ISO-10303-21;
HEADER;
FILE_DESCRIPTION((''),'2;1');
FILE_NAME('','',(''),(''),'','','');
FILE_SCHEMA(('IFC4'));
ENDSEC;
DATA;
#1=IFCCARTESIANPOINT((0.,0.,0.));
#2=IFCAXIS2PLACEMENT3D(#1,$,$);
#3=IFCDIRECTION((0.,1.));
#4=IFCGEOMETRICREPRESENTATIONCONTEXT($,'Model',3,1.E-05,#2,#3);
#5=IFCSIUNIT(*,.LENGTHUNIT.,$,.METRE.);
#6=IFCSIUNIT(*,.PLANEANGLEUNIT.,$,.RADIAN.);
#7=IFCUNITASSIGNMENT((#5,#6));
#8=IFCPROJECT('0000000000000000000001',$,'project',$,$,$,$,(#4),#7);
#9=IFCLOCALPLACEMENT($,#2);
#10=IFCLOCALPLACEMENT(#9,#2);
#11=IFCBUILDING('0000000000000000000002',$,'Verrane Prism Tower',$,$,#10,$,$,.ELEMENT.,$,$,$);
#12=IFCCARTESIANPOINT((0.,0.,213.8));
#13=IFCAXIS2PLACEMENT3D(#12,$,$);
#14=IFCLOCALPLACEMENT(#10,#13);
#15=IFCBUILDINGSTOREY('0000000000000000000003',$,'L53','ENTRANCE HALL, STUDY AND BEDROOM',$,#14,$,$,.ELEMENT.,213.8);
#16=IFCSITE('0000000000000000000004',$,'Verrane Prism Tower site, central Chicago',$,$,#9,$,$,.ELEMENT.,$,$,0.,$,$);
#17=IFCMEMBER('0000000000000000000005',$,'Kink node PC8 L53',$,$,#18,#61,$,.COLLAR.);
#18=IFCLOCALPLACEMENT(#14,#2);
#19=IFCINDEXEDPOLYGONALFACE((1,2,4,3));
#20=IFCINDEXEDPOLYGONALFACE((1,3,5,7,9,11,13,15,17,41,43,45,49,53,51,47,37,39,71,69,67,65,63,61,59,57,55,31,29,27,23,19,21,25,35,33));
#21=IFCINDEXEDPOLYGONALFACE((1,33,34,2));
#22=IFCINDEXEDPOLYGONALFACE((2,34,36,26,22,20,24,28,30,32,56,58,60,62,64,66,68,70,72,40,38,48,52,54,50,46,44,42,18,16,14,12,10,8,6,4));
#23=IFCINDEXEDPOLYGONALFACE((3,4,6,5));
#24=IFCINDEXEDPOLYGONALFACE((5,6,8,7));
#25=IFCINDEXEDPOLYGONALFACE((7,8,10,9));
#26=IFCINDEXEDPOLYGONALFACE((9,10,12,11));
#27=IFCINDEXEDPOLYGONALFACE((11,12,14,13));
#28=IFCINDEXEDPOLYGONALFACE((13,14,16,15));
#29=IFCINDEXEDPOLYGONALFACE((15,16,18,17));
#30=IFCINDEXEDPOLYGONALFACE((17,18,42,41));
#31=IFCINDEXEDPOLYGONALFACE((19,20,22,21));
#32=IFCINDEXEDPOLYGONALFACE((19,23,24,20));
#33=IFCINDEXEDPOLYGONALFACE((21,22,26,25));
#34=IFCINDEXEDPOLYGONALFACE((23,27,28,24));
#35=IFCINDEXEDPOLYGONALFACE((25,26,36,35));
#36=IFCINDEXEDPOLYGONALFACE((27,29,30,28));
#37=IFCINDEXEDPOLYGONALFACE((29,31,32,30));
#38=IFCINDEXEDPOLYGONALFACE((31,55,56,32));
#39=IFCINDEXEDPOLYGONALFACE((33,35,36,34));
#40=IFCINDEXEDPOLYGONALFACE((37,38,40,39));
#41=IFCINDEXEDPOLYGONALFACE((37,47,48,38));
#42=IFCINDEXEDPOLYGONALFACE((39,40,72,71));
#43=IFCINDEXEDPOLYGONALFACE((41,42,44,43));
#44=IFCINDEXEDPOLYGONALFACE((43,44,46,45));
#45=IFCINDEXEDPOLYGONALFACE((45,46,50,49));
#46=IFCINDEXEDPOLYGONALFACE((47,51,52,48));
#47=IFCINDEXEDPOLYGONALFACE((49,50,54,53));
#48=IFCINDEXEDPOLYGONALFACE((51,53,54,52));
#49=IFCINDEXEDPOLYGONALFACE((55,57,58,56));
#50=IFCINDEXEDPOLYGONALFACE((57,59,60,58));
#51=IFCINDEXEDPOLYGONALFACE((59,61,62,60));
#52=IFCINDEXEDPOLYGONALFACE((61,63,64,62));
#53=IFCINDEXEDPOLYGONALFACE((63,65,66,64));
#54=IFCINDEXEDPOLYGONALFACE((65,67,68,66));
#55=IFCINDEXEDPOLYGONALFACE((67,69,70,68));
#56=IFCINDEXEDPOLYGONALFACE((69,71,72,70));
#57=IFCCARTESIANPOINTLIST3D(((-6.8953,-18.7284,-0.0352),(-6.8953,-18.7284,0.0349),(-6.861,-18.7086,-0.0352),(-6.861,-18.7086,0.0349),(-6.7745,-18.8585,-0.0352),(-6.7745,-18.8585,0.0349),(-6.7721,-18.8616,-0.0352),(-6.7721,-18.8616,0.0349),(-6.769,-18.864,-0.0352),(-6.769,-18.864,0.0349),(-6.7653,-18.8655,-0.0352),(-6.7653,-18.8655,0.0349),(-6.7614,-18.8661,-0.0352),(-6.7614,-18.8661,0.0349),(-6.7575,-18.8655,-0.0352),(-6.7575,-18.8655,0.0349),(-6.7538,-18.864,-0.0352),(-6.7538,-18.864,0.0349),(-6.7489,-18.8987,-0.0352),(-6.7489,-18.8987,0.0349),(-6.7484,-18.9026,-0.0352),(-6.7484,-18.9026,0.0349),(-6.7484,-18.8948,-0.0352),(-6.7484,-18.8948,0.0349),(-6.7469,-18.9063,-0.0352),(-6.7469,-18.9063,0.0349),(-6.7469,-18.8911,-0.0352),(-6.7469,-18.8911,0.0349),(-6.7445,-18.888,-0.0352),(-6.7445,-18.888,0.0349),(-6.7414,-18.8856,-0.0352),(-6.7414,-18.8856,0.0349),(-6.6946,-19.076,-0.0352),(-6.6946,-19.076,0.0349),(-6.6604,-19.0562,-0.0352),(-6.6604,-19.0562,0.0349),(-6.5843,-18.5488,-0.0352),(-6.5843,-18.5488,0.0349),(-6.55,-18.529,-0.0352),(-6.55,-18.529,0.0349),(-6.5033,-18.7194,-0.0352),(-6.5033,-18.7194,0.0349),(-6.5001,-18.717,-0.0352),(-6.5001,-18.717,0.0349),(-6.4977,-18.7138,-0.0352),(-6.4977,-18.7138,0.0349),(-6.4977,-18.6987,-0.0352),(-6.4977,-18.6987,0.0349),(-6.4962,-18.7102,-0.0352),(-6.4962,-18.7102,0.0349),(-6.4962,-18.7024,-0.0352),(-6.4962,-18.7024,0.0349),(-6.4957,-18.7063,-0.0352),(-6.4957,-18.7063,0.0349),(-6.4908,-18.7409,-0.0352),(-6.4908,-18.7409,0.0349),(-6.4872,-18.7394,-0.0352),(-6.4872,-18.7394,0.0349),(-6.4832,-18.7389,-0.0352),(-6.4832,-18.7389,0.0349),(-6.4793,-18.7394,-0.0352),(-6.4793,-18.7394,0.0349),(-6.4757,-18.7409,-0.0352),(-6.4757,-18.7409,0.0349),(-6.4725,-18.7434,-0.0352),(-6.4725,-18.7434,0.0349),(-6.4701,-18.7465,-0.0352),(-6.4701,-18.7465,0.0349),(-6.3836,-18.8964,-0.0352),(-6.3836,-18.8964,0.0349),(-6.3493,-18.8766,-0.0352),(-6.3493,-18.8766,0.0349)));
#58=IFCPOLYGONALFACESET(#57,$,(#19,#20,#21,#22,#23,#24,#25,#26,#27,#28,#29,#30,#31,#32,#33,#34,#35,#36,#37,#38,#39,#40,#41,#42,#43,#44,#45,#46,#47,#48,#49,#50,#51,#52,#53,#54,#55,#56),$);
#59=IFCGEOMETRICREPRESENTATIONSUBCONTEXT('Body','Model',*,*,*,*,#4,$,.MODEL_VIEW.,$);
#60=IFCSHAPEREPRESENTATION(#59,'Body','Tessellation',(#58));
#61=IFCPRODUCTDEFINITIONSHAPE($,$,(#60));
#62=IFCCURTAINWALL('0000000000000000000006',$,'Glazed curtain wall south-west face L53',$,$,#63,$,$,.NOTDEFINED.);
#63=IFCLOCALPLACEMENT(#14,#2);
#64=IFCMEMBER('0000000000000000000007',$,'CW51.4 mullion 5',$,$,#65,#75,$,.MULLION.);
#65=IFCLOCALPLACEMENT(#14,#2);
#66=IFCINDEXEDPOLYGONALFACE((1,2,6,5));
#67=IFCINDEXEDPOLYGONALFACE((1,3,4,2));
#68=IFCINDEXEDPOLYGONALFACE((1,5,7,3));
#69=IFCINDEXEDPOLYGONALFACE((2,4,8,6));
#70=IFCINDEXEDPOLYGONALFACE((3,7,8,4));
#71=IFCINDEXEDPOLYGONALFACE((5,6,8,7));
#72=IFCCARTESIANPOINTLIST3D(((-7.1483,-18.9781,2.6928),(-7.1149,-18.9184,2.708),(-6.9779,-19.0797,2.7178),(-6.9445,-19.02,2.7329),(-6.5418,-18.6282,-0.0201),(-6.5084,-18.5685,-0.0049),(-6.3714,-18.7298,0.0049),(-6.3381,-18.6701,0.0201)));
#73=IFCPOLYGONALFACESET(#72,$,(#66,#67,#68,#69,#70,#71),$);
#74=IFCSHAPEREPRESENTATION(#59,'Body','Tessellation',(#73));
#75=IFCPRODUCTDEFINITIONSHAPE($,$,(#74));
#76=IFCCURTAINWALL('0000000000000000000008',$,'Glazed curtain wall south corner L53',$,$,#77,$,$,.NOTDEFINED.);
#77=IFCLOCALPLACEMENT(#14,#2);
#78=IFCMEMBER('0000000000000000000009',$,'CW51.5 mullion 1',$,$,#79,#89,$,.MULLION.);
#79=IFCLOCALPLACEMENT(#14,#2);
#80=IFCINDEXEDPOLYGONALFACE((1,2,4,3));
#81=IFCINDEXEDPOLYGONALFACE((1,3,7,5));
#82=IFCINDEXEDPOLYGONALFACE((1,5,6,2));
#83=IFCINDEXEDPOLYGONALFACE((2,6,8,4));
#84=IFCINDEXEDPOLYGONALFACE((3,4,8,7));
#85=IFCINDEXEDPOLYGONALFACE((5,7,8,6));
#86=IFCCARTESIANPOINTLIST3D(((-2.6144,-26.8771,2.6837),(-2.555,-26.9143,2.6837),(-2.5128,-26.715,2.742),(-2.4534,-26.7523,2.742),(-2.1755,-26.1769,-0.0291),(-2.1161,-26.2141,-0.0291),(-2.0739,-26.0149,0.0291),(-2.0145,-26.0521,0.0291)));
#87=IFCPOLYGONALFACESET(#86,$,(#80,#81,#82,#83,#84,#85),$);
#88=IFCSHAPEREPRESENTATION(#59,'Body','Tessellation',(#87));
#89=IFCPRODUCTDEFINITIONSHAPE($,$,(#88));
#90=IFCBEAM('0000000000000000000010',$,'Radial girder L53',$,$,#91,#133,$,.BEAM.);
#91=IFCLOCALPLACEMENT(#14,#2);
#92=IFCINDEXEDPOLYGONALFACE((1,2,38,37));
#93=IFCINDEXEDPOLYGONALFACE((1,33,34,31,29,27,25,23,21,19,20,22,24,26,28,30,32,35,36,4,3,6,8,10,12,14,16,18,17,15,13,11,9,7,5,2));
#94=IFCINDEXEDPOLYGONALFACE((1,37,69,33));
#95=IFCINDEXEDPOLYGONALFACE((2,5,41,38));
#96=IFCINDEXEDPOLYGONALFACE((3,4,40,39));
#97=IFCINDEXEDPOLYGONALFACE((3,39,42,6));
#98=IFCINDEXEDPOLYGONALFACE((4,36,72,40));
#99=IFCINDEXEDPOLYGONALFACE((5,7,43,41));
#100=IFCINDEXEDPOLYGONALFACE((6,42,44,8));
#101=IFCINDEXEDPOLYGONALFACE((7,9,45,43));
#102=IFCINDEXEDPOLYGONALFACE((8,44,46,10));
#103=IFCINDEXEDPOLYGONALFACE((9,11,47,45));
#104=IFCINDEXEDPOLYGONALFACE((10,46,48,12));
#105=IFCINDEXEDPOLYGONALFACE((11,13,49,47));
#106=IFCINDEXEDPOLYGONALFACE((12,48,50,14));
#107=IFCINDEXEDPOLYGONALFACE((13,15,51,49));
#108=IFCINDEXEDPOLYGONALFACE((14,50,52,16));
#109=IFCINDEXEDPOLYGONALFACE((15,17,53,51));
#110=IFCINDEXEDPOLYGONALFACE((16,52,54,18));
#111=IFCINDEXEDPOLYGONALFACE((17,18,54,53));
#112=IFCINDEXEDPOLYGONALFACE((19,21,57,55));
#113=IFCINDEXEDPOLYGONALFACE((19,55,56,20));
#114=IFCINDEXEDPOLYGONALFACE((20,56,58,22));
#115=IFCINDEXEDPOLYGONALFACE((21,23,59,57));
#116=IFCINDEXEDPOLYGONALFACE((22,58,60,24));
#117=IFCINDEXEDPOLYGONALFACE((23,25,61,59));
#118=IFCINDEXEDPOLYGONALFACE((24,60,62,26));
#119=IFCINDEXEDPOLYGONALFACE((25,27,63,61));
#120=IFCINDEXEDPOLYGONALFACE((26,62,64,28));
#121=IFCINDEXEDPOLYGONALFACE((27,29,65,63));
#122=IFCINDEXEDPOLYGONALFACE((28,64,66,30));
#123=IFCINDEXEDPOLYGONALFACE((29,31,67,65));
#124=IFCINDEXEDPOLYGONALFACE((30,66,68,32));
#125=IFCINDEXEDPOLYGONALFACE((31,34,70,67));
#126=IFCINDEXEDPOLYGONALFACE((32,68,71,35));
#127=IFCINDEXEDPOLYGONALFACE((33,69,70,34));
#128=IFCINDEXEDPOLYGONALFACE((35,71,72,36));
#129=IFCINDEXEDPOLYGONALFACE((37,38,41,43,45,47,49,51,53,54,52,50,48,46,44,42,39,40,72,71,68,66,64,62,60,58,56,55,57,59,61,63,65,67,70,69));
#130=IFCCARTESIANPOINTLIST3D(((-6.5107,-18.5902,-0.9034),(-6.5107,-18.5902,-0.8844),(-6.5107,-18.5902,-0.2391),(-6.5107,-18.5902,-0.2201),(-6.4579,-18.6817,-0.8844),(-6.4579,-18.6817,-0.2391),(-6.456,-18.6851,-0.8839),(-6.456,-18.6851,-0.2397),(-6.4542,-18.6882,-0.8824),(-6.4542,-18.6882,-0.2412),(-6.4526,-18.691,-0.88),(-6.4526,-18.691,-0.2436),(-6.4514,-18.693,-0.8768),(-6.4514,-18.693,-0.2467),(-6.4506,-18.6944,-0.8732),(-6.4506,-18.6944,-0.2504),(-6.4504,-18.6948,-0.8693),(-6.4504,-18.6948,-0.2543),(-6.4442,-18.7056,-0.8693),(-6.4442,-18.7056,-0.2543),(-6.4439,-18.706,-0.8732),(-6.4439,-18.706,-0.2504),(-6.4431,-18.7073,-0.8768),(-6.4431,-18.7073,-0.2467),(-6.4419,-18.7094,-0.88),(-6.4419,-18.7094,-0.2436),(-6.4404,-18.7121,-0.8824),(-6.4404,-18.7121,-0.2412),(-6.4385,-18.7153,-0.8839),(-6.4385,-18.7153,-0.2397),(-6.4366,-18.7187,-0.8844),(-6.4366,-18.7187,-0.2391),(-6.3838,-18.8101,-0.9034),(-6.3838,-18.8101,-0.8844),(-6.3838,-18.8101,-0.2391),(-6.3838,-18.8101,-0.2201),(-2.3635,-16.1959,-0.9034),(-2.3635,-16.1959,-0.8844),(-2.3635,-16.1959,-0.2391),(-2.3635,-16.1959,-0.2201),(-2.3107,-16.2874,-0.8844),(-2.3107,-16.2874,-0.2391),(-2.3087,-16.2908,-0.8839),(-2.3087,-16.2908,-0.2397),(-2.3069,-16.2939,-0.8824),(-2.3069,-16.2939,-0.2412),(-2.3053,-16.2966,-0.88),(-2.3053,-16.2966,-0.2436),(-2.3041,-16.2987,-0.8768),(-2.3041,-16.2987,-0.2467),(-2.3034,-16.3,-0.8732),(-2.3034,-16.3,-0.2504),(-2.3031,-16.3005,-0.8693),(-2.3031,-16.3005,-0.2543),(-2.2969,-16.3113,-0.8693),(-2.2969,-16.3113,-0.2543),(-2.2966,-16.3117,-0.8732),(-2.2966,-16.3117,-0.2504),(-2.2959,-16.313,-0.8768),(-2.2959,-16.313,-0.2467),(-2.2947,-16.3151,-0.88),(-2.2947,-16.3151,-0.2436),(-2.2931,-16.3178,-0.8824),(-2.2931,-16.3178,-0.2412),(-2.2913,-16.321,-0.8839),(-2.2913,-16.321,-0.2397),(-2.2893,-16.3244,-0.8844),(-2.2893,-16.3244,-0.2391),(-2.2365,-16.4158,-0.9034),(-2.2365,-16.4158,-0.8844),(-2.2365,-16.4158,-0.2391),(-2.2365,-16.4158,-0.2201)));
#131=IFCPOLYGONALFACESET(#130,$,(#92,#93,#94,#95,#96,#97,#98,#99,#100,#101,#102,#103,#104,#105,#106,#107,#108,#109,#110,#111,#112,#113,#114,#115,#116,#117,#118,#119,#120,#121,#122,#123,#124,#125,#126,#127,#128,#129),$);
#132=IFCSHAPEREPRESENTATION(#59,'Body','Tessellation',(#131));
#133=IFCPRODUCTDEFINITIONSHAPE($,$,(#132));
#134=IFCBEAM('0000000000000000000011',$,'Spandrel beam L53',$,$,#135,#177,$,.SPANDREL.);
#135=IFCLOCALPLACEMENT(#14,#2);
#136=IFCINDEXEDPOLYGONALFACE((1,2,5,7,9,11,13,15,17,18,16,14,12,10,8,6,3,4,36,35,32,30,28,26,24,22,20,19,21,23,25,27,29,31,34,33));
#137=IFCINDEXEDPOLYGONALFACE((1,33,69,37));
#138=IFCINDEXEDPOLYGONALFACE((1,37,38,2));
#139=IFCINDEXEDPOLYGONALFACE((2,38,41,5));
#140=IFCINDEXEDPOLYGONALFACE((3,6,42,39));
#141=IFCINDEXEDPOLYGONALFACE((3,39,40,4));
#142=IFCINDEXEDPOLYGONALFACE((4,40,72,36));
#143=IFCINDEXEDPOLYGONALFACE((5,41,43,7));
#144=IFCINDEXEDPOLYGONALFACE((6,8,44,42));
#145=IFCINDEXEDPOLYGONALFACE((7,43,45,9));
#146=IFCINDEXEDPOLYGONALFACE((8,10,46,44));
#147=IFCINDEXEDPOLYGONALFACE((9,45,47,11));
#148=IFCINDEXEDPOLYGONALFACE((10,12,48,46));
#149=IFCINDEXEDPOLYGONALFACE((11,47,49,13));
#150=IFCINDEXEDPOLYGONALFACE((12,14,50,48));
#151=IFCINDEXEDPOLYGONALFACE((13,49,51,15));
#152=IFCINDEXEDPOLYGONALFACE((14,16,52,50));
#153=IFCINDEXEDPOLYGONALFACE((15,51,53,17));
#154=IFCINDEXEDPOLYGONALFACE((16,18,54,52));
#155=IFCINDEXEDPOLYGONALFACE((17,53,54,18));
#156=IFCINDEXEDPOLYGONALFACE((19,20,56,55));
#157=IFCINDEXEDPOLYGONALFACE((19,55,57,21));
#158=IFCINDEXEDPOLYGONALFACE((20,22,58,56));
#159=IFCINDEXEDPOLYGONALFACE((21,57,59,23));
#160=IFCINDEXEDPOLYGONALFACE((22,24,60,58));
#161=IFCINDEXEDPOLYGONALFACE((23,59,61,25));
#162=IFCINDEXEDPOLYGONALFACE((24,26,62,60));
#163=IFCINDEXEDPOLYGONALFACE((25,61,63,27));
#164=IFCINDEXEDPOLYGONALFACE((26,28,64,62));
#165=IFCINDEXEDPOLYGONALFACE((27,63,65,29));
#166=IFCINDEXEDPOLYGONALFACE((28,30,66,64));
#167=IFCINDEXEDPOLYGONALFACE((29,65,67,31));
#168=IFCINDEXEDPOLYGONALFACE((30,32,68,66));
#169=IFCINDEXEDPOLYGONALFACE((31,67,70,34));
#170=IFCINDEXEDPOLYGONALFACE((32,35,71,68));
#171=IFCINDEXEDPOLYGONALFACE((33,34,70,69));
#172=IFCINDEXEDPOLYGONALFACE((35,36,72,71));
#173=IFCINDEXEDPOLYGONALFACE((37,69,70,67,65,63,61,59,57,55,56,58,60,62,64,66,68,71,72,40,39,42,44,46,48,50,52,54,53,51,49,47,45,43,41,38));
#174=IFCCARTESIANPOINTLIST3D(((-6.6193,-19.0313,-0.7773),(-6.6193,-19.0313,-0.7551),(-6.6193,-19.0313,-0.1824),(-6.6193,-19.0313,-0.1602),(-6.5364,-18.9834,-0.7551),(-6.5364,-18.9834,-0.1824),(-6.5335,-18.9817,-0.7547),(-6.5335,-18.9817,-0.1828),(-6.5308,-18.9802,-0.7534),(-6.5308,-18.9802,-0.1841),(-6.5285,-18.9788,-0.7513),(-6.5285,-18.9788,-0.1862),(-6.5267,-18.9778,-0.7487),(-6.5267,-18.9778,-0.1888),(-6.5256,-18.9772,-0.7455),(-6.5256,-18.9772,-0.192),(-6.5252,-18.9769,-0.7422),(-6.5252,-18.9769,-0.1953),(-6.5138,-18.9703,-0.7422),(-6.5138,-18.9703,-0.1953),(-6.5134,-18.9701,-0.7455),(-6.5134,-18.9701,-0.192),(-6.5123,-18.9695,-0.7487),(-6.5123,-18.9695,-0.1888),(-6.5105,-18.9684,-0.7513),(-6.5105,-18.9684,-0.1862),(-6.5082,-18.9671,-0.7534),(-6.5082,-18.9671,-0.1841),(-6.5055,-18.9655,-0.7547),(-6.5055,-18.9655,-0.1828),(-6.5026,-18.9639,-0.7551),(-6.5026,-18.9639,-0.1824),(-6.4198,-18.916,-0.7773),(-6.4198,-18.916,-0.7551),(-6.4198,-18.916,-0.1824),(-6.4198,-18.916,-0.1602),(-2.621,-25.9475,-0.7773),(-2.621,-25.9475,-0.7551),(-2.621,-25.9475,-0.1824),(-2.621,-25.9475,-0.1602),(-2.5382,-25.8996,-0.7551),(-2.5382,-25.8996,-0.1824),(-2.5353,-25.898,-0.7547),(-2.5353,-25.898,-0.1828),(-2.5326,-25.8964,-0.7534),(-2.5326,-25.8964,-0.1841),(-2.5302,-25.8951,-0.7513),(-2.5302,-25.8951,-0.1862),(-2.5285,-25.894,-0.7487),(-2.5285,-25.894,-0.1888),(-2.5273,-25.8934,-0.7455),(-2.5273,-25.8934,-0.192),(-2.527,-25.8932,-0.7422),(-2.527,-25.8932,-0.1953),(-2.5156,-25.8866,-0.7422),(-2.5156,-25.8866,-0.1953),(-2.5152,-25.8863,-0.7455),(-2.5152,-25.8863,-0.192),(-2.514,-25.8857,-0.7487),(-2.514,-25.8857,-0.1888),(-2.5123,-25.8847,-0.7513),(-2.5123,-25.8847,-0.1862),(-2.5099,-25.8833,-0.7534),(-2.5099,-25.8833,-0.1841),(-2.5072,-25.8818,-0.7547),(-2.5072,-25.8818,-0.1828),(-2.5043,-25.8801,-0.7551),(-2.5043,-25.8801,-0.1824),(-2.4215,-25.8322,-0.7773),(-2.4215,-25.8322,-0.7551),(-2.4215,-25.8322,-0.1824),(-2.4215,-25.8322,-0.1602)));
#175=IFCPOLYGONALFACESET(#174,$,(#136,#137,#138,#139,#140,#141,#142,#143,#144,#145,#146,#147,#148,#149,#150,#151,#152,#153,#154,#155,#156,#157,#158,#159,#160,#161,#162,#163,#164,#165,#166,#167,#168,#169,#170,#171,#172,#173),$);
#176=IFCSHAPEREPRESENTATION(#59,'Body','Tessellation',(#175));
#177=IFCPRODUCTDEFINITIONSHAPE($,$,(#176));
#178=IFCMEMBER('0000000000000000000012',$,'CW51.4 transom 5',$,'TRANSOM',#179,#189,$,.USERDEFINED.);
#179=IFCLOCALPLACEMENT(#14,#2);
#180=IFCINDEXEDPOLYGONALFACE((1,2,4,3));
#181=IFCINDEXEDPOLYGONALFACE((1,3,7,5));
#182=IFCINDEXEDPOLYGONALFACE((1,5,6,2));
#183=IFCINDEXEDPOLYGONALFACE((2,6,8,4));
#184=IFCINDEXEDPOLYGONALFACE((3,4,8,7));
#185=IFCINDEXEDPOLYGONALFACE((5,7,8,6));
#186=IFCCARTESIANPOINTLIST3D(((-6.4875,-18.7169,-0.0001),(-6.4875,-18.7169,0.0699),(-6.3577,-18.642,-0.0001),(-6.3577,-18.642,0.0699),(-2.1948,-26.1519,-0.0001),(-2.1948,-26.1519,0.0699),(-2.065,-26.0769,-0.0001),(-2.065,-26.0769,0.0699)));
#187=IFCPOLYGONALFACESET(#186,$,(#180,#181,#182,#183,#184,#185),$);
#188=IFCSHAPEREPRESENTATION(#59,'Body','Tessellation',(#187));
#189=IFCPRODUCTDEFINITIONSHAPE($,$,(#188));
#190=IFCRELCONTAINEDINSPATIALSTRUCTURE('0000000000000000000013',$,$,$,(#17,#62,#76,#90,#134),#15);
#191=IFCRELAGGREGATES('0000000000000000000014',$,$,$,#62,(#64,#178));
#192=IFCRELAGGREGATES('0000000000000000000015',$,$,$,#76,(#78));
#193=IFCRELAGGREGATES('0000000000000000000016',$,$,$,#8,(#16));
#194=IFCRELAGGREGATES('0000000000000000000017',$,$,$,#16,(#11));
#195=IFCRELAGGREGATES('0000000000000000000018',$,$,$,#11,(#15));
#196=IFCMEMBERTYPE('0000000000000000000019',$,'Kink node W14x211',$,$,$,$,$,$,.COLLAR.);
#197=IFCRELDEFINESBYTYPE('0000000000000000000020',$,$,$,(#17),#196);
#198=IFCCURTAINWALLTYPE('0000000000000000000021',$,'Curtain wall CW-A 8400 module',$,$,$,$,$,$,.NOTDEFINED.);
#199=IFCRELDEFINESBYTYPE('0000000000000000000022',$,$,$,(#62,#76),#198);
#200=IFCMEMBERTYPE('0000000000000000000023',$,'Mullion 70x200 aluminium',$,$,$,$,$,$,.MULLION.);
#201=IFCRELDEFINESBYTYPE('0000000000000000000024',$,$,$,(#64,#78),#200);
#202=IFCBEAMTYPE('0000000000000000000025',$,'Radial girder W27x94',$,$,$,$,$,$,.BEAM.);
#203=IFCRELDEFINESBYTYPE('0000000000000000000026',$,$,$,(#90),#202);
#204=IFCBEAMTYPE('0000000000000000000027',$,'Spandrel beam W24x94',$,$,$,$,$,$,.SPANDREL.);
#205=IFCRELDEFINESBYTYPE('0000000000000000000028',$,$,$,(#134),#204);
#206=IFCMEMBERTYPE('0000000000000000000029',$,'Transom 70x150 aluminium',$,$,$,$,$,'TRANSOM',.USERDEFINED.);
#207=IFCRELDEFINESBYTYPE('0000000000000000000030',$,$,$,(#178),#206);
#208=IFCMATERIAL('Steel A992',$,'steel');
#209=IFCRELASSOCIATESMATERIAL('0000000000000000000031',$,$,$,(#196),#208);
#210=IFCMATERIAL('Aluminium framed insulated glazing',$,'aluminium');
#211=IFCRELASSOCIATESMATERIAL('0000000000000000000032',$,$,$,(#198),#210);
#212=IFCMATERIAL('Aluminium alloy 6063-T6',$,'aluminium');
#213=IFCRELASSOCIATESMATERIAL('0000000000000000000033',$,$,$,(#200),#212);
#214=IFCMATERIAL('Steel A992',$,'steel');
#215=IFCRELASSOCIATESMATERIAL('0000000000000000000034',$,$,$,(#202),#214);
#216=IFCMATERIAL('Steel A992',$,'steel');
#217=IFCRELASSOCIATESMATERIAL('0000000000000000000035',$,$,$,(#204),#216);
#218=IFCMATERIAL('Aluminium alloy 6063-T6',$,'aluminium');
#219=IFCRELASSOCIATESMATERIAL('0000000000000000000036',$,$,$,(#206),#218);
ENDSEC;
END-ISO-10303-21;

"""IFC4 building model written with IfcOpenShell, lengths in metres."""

from ifc_helpers import new_model, si_unit, direction, frame, origin, origin_2d, place, context, subcontext, project, spatial, rectangle, i_section, extrude, material, material_profile, profile_set, type_object, element, aggregate, save


model = new_model("IFC4")

# Units and contexts
model_context = context("Model", 3, precision=1e-05, world=origin(), true_north=direction((0.0, 1.0)))
body_context = subcontext(model_context, "Body", "Model", "MODEL_VIEW")
ifc_project = project(units=[si_unit("LENGTHUNIT", "METRE"), si_unit("PLANEANGLEUNIT", "RADIAN")], contexts=[model_context])

# Site, building, storey
site_placement = place(None, origin())
site = spatial("IfcSite", under=ifc_project, at=site_placement, Name="Verrane Prism Tower site, central Chicago", CompositionType="ELEMENT", RefElevation=0.0)
building_placement = place(site_placement, origin())
building = spatial("IfcBuilding", under=site, at=building_placement, Name="Verrane Prism Tower", CompositionType="ELEMENT")
storey_placement = place(building_placement, frame((0.0, 0.0, 213.8)))
storey = spatial("IfcBuildingStorey", under=building, at=storey_placement, Name="L53", Description="ENTRANCE HALL, STUDY AND BEDROOM", CompositionType="ELEMENT", Elevation=213.8)

# Member
ifc_material_1 = material(Name="Steel A992", Category="steel")
ifc_material_profile_1 = material_profile(ifc_material_1, i_section(OverallWidth=0.4014, OverallDepth=0.3987, WebThickness=0.0249, FlangeThickness=0.0396, FilletRadius=0.0151, at=origin_2d()), Name="W14x211")
ifc_profile_set_1 = profile_set([ifc_material_profile_1], Name="Steel A992")
member_type_1 = type_object("IfcMemberType", Name="Kink node W14x211", PredefinedType="COLLAR", material=ifc_profile_set_1)
member_1_placement = place(storey_placement, frame((-6.6223, -18.8025, -0.0352), z_axis=(0.0, 0.0, 1.0), x_axis=(-0.5, 0.866025, 0.0)))
element("IfcMember", 1, at=member_1_placement, inside=storey, type_object=member_type_1, Name="Kink node PC8 L53", PredefinedType="COLLAR", context=body_context, shape_type="SweptSolid", body=[
    extrude(i_section(OverallWidth=0.4014, OverallDepth=0.3987, WebThickness=0.0249, FlangeThickness=0.0396, FilletRadius=0.0151, at=origin_2d()), origin(), (0.0, 0.0, 1.0), 0.0701),
])

# Curtain walls, members
ifc_material_2 = material(Name="Aluminium framed insulated glazing", Category="aluminium")
curtain_wall_type = type_object("IfcCurtainWallType", Name="Curtain wall CW-A 8400 module", PredefinedType="NOTDEFINED", material=ifc_material_2)
curtain_wall_1_placement = place(storey_placement, origin())
curtain_wall_1 = element("IfcCurtainWall", 2, at=curtain_wall_1_placement, inside=storey, type_object=curtain_wall_type, Name="Glazed curtain wall south-west face L53", PredefinedType="NOTDEFINED")
ifc_material_3 = material(Name="Aluminium alloy 6063-T6", Category="aluminium")
ifc_material_profile_2 = material_profile(ifc_material_3, rectangle(XDim=0.2, YDim=0.0701, at=origin_2d()), Name="Mullion 70x200 aluminium")
ifc_profile_set_2 = profile_set([ifc_material_profile_2], Name="Aluminium alloy 6063-T6")
member_type_2 = type_object("IfcMemberType", Name="Mullion 70x200 aluminium", PredefinedType="MULLION", material=ifc_profile_set_2)
member_2_placement = place(storey_placement, frame((-6.4399, -18.6492, 0.0), z_axis=(-0.21645, -0.124868, 0.968275), x_axis=(0.852113, -0.508225, 0.124943)))
member_2 = element("IfcMember", 3, at=member_2_placement, type_object=member_type_2, Name="CW51.4 mullion 5", PredefinedType="MULLION", context=body_context, shape_type="SweptSolid", body=[
    extrude(rectangle(XDim=0.2, YDim=0.0701, at=origin_2d()), origin(), (0.0, 0.0, 1.0), 2.8018),
])
curtain_wall_2_placement = place(storey_placement, origin())
curtain_wall_2 = element("IfcCurtainWall", 4, at=curtain_wall_2_placement, inside=storey, type_object=curtain_wall_type, Name="Glazed curtain wall south corner L53", PredefinedType="NOTDEFINED")
member_3_placement = place(storey_placement, frame((-2.095, -26.1145, 0.0), z_axis=(-0.154785, -0.246898, 0.9566), x_axis=(0.508114, 0.810496, 0.291405)))
member_3 = element("IfcMember", 5, at=member_3_placement, type_object=member_type_2, Name="CW51.5 mullion 1", PredefinedType="MULLION", context=body_context, shape_type="SweptSolid", body=[
    extrude(rectangle(XDim=0.2, YDim=0.0701, at=origin_2d()), origin(), (0.0, 0.0, 1.0), 2.8359),
])

# Beams
ifc_material_4 = material(Name="Steel A992", Category="steel")
ifc_material_profile_3 = material_profile(ifc_material_4, i_section(OverallWidth=0.2539, OverallDepth=0.6833, WebThickness=0.0125, FlangeThickness=0.019, FilletRadius=0.0151, at=origin_2d()), Name="W27x94")
ifc_profile_set_3 = profile_set([ifc_material_profile_3], Name="Steel A992")
beam_type_1 = type_object("IfcBeamType", Name="Radial girder W27x94", PredefinedType="BEAM", material=ifc_profile_set_3)
beam_1_placement = place(storey_placement, frame((-6.4473, -18.7002, -0.5618), z_axis=(0.866035, 0.499983, 0.0), x_axis=(-0.499983, 0.866035, 0.0)))
element("IfcBeam", 6, at=beam_1_placement, inside=storey, type_object=beam_type_1, Name="Radial girder L53", PredefinedType="BEAM", context=body_context, shape_type="SweptSolid", body=[
    extrude(i_section(OverallWidth=0.2539, OverallDepth=0.6833, WebThickness=0.0125, FlangeThickness=0.019, FilletRadius=0.0151, at=origin_2d()), origin(), (0.0, 0.0, 1.0), 4.7888),
])
ifc_material_5 = material(Name="Steel A992", Category="steel")
ifc_material_profile_4 = material_profile(ifc_material_5, i_section(OverallWidth=0.2305, OverallDepth=0.6172, WebThickness=0.0132, FlangeThickness=0.0222, FilletRadius=0.0129, at=origin_2d()), Name="W24x94")
ifc_profile_set_4 = profile_set([ifc_material_profile_4], Name="Steel A992")
beam_type_2 = type_object("IfcBeamType", Name="Spandrel beam W24x94", PredefinedType="SPANDREL", material=ifc_profile_set_4)
beam_2_placement = place(storey_placement, frame((-6.5195, -18.9736, -0.4688), z_axis=(0.500487, -0.865744, 0.0), x_axis=(0.865744, 0.500487, 0.0)))
element("IfcBeam", 7, at=beam_2_placement, inside=storey, type_object=beam_type_2, Name="Spandrel beam L53", PredefinedType="SPANDREL", context=body_context, shape_type="SweptSolid", body=[
    extrude(i_section(OverallWidth=0.2305, OverallDepth=0.6172, WebThickness=0.0132, FlangeThickness=0.0222, FilletRadius=0.0129, at=origin_2d()), origin(), (0.0, 0.0, 1.0), 7.9888),
])

# Member
ifc_material_6 = material(Name="Aluminium alloy 6063-T6", Category="aluminium")
ifc_material_profile_5 = material_profile(ifc_material_6, rectangle(XDim=0.1499, YDim=0.0701, at=origin_2d()), Name="Transom 70x150 aluminium")
ifc_profile_set_5 = profile_set([ifc_material_profile_5], Name="Aluminium alloy 6063-T6")
member_type_3 = type_object("IfcMemberType", Name="Transom 70x150 aluminium", ElementType="TRANSOM", PredefinedType="USERDEFINED", material=ifc_profile_set_5)
member_4_placement = place(storey_placement, frame((-6.4226, -18.6794, 0.0349), z_axis=(0.500008, -0.866021, 0.0), x_axis=(0.866021, 0.500008, 0.0)))
member_4 = element("IfcMember", 8, at=member_4_placement, type_object=member_type_3, Name="CW51.4 transom 5", ObjectType="TRANSOM", PredefinedType="USERDEFINED", context=body_context, shape_type="SweptSolid", body=[
    extrude(rectangle(XDim=0.1499, YDim=0.0701, at=origin_2d()), origin(), (0.0, 0.0, 1.0), 8.5852),
])

aggregate(curtain_wall_1, [member_2, member_4])
aggregate(curtain_wall_2, [member_3])

save(model, "model.ifc")
